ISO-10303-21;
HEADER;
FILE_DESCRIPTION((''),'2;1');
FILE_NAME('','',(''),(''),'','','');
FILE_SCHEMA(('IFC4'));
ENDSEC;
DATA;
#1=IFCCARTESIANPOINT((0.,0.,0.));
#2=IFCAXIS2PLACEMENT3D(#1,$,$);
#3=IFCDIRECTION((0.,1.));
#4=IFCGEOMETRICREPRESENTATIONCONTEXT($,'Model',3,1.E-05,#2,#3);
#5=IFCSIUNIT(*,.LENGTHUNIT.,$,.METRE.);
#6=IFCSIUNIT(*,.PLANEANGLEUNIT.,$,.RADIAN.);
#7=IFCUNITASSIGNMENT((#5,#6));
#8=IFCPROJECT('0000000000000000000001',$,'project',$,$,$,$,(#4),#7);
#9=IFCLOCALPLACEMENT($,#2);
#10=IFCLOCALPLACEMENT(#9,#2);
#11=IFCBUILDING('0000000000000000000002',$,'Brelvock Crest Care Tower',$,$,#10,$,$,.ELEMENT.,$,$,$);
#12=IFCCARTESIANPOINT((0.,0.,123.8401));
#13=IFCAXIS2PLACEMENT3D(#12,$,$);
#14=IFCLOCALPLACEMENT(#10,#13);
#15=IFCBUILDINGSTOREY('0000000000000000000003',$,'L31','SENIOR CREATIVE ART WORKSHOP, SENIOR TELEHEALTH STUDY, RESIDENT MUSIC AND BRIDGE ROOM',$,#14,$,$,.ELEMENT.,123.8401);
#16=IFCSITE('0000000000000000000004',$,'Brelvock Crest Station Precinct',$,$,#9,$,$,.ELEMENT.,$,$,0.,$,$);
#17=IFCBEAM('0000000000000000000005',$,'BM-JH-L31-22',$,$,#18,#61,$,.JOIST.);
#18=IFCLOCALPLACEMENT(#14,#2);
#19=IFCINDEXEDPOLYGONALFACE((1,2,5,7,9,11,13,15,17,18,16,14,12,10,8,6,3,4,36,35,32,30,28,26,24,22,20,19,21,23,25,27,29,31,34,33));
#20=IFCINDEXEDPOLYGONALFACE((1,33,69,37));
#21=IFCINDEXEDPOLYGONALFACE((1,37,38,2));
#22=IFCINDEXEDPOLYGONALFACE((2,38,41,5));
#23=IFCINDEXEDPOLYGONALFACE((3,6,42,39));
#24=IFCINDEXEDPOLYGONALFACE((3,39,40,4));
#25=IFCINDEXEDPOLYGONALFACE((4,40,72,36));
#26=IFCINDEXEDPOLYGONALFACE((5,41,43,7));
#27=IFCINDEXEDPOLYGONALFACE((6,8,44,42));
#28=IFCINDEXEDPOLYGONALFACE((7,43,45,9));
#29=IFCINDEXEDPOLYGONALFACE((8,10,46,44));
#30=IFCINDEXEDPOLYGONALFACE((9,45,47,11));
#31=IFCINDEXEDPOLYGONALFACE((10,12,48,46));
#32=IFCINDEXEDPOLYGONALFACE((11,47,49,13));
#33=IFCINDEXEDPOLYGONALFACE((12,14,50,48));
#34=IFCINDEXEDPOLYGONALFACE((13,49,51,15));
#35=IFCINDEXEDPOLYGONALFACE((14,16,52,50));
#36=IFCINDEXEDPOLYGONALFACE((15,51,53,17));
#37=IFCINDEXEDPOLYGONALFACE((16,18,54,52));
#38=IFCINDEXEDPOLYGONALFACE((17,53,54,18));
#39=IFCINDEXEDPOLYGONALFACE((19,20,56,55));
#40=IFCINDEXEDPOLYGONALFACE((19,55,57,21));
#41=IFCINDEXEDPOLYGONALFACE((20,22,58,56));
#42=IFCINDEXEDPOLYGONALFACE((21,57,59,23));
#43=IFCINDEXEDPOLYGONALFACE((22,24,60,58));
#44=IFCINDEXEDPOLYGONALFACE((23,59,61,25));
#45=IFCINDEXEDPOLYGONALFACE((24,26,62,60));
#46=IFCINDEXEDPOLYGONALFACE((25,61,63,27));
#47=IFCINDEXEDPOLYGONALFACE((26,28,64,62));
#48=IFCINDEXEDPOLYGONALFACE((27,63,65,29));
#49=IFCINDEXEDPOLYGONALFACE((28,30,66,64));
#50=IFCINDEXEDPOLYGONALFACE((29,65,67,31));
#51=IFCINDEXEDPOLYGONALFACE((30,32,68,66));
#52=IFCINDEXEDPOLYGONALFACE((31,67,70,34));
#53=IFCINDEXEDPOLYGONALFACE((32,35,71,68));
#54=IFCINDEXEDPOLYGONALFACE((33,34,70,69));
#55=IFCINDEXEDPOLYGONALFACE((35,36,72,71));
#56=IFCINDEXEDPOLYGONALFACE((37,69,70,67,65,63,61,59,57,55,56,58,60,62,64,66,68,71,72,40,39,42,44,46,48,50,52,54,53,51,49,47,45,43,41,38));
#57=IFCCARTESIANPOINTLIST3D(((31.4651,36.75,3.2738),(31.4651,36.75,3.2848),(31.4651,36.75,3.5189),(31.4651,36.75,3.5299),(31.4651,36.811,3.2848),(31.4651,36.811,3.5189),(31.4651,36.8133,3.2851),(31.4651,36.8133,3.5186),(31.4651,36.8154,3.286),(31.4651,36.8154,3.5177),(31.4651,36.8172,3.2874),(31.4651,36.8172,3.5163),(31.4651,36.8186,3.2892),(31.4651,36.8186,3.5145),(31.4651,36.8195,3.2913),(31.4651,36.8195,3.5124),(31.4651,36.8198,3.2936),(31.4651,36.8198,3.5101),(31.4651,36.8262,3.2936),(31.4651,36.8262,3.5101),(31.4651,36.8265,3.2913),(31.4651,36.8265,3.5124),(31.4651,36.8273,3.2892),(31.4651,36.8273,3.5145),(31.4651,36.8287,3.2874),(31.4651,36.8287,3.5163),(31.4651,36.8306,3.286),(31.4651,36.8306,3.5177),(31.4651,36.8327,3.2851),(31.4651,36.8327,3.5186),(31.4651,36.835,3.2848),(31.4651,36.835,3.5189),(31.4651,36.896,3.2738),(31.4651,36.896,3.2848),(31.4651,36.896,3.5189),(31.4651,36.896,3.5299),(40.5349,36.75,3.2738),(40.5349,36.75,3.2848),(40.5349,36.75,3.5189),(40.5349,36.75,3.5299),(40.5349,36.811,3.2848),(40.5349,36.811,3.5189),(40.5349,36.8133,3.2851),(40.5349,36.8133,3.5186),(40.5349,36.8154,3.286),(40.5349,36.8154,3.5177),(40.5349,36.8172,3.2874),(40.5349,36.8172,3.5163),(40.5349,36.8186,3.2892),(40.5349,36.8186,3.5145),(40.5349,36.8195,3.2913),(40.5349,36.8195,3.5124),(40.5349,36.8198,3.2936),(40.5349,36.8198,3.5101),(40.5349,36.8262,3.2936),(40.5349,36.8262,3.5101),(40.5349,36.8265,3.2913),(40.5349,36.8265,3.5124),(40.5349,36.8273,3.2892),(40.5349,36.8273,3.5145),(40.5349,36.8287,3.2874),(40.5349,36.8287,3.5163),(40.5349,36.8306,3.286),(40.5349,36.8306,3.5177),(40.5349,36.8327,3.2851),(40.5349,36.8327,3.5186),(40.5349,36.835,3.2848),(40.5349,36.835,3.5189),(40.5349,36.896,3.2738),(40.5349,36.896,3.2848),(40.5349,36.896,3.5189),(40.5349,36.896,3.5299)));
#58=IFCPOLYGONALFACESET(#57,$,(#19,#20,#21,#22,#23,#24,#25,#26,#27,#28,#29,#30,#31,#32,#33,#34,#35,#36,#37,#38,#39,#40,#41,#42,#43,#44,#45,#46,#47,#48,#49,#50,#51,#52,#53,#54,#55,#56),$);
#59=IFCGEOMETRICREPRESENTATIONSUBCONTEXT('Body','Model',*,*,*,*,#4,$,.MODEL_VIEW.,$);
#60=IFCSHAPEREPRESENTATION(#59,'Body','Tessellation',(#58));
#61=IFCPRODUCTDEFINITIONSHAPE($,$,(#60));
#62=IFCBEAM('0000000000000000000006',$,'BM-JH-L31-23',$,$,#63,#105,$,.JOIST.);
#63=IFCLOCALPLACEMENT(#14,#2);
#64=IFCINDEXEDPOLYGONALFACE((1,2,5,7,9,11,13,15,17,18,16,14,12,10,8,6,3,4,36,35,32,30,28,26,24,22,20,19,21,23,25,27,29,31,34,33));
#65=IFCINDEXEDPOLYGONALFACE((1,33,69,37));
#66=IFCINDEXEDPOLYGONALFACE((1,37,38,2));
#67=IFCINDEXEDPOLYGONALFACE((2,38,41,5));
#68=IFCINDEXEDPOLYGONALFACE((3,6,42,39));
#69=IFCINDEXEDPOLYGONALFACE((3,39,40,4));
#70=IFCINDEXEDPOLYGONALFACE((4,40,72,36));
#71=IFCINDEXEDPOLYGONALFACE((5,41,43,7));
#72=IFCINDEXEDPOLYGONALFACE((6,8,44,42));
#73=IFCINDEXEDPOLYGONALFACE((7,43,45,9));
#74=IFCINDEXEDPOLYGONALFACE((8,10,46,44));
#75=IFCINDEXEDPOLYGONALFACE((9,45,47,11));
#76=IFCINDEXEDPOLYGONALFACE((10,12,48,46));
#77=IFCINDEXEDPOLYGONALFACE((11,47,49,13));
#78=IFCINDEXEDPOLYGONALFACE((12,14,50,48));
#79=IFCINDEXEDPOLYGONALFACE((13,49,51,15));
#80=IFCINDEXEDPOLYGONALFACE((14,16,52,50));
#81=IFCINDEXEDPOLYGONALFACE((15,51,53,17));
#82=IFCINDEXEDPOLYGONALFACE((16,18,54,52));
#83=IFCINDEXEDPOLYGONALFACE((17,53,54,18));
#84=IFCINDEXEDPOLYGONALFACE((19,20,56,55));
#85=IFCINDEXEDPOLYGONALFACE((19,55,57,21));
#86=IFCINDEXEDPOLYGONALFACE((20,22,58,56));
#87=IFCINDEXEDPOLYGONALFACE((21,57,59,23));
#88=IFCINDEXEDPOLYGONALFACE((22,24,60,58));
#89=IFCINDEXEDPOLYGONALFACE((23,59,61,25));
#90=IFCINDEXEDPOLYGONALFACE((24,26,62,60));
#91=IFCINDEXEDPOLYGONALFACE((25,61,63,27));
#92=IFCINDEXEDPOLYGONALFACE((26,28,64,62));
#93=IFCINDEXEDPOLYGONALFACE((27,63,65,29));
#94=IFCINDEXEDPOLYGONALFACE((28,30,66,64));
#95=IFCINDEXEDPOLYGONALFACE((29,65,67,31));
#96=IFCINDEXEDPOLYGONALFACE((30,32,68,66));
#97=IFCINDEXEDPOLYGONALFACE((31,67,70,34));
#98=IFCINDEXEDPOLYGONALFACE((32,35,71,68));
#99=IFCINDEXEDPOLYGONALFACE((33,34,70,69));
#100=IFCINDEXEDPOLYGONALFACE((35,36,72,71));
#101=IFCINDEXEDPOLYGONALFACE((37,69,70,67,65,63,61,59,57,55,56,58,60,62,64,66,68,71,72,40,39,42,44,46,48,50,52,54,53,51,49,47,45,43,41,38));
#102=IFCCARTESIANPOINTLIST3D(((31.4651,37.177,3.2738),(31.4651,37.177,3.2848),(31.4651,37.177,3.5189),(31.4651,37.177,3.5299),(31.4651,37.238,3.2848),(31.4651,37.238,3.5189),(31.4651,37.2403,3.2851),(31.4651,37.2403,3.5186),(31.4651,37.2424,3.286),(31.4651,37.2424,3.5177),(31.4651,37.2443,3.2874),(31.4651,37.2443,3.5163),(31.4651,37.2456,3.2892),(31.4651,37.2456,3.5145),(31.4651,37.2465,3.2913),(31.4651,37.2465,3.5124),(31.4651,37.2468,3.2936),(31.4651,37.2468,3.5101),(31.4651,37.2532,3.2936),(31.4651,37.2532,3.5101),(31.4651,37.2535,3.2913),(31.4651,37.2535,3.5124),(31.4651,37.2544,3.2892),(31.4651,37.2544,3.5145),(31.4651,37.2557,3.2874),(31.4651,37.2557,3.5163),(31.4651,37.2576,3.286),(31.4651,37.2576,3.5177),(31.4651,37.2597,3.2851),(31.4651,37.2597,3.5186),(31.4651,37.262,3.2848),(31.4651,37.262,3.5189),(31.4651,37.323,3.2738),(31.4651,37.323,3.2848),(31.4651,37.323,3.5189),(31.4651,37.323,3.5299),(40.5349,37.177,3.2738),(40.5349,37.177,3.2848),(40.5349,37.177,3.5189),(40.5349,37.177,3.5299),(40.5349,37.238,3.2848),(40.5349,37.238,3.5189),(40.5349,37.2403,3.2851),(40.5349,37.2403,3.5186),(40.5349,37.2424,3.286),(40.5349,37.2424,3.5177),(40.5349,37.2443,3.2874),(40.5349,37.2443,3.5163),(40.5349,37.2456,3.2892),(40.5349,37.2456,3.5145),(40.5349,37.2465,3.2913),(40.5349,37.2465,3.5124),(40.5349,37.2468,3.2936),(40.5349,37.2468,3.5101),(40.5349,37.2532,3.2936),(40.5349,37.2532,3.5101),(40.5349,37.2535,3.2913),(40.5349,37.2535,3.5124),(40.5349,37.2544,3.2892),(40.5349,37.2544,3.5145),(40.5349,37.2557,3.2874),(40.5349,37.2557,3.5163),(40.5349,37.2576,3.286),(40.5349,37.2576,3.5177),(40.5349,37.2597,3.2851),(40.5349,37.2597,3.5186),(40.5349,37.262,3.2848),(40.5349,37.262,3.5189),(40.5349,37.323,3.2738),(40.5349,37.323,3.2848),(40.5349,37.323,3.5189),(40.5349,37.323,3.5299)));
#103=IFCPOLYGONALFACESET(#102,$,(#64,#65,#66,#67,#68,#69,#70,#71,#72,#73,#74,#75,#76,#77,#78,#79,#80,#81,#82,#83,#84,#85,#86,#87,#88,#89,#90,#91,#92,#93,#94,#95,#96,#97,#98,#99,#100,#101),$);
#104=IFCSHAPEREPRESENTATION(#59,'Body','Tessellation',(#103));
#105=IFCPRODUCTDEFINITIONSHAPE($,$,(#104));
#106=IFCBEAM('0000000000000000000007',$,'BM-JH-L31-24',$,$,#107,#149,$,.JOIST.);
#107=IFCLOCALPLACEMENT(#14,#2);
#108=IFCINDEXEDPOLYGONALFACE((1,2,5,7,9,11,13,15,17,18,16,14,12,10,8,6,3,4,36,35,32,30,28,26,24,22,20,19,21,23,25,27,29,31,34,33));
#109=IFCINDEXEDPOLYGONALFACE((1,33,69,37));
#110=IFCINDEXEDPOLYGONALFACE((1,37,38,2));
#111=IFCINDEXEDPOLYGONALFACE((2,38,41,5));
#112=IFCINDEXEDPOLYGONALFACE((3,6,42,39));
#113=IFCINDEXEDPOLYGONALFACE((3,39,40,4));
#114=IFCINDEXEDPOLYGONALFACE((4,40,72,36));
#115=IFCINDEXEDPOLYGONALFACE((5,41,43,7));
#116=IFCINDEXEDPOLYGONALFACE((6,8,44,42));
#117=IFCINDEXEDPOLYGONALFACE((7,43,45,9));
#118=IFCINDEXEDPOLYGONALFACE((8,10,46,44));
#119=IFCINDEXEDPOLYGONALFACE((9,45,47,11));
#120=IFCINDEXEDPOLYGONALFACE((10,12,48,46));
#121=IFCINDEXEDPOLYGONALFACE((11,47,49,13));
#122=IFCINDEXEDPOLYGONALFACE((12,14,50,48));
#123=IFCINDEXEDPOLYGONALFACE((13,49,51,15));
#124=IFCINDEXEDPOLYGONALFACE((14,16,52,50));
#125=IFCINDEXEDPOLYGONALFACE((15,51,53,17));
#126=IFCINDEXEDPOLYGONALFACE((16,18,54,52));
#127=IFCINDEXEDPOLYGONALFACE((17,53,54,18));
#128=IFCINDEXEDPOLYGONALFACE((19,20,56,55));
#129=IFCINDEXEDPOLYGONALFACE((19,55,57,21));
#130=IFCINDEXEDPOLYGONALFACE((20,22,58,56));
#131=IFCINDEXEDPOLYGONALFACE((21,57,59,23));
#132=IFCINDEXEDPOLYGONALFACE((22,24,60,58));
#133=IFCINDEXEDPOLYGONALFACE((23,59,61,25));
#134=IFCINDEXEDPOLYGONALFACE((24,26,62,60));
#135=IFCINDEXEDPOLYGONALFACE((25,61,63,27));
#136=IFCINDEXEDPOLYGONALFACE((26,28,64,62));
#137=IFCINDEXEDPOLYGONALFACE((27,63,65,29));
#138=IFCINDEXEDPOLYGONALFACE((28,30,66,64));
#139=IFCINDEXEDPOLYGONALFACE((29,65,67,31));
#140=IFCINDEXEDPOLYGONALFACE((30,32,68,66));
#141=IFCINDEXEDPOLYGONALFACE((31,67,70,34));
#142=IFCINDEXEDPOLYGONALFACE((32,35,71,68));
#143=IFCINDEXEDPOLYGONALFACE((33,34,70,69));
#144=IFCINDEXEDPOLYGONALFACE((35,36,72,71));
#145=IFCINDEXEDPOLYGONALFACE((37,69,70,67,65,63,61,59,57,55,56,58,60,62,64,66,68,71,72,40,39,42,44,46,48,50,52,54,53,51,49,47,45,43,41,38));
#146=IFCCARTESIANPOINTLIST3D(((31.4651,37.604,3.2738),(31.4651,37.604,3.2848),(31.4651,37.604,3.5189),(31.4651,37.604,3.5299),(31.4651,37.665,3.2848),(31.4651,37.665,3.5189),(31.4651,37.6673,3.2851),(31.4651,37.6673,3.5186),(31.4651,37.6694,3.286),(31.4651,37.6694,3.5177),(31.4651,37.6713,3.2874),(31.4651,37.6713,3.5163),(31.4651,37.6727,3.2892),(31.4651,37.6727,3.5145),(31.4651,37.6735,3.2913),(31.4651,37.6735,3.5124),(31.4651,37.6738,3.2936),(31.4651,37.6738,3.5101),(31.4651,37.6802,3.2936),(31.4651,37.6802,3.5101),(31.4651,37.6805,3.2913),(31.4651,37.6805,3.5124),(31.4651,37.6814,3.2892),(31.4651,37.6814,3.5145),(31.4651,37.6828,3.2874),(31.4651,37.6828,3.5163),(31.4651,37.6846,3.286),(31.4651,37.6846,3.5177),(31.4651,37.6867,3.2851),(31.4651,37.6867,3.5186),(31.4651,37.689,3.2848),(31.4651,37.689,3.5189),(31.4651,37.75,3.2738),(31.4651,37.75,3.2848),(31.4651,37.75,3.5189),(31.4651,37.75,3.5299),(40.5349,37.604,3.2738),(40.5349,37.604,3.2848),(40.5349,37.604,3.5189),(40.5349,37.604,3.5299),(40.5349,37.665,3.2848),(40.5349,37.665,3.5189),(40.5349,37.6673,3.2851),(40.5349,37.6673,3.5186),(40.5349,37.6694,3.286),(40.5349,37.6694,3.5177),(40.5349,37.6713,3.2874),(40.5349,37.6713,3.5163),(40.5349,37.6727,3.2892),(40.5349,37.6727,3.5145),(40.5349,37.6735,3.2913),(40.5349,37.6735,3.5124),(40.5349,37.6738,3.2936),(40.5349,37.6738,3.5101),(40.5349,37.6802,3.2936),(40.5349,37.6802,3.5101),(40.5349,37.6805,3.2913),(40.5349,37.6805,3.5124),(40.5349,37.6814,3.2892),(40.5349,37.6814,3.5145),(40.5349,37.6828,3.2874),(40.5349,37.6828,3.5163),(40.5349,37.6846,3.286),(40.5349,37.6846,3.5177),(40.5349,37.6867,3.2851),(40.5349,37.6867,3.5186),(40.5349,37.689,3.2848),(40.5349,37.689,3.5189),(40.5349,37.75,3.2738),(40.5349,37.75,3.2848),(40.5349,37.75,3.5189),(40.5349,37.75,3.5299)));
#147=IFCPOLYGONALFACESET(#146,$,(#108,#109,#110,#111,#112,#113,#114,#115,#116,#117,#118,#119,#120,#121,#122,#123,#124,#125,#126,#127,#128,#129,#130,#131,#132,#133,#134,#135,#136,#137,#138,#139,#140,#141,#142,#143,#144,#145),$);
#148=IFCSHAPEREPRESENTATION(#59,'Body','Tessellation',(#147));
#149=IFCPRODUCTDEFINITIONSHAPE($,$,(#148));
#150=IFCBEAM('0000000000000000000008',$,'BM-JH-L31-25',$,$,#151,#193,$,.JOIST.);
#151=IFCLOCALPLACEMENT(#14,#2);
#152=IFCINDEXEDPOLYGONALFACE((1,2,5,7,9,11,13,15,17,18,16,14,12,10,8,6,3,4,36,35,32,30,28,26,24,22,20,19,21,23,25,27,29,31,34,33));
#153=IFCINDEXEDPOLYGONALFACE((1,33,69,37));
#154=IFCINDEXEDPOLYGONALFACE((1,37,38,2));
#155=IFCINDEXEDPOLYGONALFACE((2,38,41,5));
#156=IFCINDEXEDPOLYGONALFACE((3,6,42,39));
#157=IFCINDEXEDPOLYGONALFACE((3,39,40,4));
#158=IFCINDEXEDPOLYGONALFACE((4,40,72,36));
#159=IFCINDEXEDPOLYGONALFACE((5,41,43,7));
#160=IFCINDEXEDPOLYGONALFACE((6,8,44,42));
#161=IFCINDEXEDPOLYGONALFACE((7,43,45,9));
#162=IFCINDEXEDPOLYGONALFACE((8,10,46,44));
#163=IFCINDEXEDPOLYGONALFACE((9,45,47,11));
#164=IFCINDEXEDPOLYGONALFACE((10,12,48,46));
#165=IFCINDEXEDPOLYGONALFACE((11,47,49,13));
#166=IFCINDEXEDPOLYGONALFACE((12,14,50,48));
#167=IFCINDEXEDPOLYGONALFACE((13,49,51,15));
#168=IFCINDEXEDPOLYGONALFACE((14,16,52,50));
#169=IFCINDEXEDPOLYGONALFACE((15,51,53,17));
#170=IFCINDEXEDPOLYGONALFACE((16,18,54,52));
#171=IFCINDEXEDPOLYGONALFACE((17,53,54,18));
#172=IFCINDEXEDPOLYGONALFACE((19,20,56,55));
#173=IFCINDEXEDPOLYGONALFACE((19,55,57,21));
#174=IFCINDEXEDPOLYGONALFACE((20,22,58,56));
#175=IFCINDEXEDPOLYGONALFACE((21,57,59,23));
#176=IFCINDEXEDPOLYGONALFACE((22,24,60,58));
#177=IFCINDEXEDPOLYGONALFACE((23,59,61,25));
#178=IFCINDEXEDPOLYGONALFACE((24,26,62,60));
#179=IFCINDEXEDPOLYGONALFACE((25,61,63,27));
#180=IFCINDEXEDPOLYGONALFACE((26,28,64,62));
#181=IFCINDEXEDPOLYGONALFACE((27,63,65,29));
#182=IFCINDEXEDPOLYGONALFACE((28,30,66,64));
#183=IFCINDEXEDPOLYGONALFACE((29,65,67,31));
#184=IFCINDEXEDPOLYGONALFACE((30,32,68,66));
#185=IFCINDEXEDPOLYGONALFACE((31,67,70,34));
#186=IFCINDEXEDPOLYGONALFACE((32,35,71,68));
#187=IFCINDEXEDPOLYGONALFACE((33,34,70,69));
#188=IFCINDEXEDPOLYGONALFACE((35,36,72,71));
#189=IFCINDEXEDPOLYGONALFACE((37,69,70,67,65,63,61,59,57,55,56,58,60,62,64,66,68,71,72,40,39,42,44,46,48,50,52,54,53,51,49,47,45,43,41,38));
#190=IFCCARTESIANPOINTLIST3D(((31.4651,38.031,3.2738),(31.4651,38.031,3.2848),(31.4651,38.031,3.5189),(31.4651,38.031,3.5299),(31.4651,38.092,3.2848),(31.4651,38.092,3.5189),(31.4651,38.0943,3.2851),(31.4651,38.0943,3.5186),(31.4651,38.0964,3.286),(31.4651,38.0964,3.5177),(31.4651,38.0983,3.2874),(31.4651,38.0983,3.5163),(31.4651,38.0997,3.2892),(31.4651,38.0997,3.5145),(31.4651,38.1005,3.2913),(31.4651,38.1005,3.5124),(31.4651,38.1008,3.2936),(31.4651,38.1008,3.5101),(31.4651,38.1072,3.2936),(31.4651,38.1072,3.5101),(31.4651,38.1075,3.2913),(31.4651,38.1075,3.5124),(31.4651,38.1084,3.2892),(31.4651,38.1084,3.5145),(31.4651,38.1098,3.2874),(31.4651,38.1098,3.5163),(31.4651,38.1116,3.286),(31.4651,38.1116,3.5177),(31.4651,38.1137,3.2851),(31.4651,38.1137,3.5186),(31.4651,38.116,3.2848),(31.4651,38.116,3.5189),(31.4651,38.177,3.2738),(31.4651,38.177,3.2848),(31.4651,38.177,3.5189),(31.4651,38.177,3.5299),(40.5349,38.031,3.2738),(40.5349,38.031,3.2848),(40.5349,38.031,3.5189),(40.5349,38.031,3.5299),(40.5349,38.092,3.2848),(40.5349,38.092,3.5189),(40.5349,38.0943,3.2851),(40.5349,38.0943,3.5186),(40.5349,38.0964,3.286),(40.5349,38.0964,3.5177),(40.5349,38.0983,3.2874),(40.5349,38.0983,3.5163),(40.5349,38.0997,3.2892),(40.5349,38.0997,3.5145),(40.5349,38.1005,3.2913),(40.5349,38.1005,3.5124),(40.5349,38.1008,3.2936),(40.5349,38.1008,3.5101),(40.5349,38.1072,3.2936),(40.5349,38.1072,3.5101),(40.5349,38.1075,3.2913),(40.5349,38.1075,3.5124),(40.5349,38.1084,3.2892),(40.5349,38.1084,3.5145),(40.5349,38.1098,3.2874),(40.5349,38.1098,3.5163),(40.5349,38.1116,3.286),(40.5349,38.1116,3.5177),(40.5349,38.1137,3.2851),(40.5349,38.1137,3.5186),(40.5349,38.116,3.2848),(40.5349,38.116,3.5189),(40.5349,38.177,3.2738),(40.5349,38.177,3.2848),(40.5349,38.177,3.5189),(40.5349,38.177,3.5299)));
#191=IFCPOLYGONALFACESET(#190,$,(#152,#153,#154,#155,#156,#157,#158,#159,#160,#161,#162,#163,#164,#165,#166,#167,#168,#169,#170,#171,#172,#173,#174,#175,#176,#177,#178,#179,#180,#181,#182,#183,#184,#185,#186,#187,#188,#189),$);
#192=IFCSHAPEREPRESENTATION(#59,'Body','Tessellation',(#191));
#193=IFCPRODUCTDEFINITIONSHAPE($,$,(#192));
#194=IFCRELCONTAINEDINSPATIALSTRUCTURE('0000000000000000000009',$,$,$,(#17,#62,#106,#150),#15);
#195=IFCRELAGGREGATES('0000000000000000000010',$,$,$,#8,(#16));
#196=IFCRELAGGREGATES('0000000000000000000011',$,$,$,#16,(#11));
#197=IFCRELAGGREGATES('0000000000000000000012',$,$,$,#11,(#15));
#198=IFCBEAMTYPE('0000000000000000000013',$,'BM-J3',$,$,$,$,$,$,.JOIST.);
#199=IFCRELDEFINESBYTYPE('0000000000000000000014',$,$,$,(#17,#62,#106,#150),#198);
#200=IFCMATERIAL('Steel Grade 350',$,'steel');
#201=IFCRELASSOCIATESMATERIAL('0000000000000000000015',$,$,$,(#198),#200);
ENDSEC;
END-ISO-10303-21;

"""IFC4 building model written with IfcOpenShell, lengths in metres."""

from ifc_helpers import new_model, si_unit, direction, frame, origin, origin_2d, place, context, subcontext, project, spatial, i_section, extrude, source, transform, mapped, material, material_profile, profile_set, type_object, element, save


model = new_model("IFC4")

# Units and contexts
model_context = context("Model", 3, precision=1e-05, world=origin(), true_north=direction((0.0, 1.0)))
body_context = subcontext(model_context, "Body", "Model", "MODEL_VIEW")
ifc_project = project(units=[si_unit("LENGTHUNIT", "METRE"), si_unit("PLANEANGLEUNIT", "RADIAN")], contexts=[model_context])

# Site, building, storey
site_placement = place(None, origin())
site = spatial("IfcSite", under=ifc_project, at=site_placement, Name="Brelvock Crest Station Precinct", CompositionType="ELEMENT", RefElevation=0.0)
building_placement = place(site_placement, origin())
building = spatial("IfcBuilding", under=site, at=building_placement, Name="Brelvock Crest Care Tower", CompositionType="ELEMENT")
storey_placement = place(building_placement, frame((0.0, 0.0, 123.8401)))
storey = spatial("IfcBuildingStorey", under=building, at=storey_placement, Name="L31", Description="SENIOR CREATIVE ART WORKSHOP, SENIOR TELEHEALTH STUDY, RESIDENT MUSIC AND BRIDGE ROOM", CompositionType="ELEMENT", Elevation=123.8401)

# Beams
ifc_material_1 = material(Name="Steel Grade 350", Category="steel")
ifc_material_profile_1 = material_profile(ifc_material_1, i_section(OverallWidth=0.146, OverallDepth=0.2561, WebThickness=0.0063, FlangeThickness=0.011, FilletRadius=0.0088, at=origin_2d()), Name="250UB37.3")
ifc_profile_set_1 = profile_set([ifc_material_profile_1], Name="Steel Grade 350")
beam_type_1 = type_object("IfcBeamType", Name="BM-J3", PredefinedType="JOIST", material=ifc_profile_set_1)
shared_shape_1 = source(origin(), body_context, "Body", "SweptSolid", [
    extrude(i_section(OverallWidth=0.146, OverallDepth=0.2561, WebThickness=0.0063, FlangeThickness=0.011, FilletRadius=0.0088, at=origin_2d()), origin(), (0.0, 0.0, 1.0), 9.0698),
])
for number, where, z_axis, x_axis, name in (
    (1, (31.4651, 36.823, 3.4019), (1.0, 0.0, 0.0), (0.0, 1.0, 0.0), "BM-JH-L31-22"),
    (2, (31.4651, 37.25, 3.4019), (1.0, 0.0, 0.0), (0.0, 1.0, 0.0), "BM-JH-L31-23"),
    (3, (31.4651, 37.677, 3.4019), (1.0, 0.0, 0.0), (0.0, 1.0, 0.0), "BM-JH-L31-24"),
    (4, (31.4651, 38.104, 3.4019), (1.0, 0.0, 0.0), (0.0, 1.0, 0.0), "BM-JH-L31-25"),
):
    element("IfcBeam", number, at=place(storey_placement, frame(where, z_axis=z_axis, x_axis=x_axis)), inside=storey, type_object=beam_type_1, Name=name, PredefinedType="JOIST", context=body_context, shape_type="MappedRepresentation", body=[
        mapped(shared_shape_1, transform((0.0, 0.0, 0.0), x_axis=(1.0, 0.0, 0.0), y_axis=(0.0, 1.0, 0.0), z_axis=(0.0, 0.0, 1.0), scale=1.0)),
    ])

save(model, "model.ifc")
